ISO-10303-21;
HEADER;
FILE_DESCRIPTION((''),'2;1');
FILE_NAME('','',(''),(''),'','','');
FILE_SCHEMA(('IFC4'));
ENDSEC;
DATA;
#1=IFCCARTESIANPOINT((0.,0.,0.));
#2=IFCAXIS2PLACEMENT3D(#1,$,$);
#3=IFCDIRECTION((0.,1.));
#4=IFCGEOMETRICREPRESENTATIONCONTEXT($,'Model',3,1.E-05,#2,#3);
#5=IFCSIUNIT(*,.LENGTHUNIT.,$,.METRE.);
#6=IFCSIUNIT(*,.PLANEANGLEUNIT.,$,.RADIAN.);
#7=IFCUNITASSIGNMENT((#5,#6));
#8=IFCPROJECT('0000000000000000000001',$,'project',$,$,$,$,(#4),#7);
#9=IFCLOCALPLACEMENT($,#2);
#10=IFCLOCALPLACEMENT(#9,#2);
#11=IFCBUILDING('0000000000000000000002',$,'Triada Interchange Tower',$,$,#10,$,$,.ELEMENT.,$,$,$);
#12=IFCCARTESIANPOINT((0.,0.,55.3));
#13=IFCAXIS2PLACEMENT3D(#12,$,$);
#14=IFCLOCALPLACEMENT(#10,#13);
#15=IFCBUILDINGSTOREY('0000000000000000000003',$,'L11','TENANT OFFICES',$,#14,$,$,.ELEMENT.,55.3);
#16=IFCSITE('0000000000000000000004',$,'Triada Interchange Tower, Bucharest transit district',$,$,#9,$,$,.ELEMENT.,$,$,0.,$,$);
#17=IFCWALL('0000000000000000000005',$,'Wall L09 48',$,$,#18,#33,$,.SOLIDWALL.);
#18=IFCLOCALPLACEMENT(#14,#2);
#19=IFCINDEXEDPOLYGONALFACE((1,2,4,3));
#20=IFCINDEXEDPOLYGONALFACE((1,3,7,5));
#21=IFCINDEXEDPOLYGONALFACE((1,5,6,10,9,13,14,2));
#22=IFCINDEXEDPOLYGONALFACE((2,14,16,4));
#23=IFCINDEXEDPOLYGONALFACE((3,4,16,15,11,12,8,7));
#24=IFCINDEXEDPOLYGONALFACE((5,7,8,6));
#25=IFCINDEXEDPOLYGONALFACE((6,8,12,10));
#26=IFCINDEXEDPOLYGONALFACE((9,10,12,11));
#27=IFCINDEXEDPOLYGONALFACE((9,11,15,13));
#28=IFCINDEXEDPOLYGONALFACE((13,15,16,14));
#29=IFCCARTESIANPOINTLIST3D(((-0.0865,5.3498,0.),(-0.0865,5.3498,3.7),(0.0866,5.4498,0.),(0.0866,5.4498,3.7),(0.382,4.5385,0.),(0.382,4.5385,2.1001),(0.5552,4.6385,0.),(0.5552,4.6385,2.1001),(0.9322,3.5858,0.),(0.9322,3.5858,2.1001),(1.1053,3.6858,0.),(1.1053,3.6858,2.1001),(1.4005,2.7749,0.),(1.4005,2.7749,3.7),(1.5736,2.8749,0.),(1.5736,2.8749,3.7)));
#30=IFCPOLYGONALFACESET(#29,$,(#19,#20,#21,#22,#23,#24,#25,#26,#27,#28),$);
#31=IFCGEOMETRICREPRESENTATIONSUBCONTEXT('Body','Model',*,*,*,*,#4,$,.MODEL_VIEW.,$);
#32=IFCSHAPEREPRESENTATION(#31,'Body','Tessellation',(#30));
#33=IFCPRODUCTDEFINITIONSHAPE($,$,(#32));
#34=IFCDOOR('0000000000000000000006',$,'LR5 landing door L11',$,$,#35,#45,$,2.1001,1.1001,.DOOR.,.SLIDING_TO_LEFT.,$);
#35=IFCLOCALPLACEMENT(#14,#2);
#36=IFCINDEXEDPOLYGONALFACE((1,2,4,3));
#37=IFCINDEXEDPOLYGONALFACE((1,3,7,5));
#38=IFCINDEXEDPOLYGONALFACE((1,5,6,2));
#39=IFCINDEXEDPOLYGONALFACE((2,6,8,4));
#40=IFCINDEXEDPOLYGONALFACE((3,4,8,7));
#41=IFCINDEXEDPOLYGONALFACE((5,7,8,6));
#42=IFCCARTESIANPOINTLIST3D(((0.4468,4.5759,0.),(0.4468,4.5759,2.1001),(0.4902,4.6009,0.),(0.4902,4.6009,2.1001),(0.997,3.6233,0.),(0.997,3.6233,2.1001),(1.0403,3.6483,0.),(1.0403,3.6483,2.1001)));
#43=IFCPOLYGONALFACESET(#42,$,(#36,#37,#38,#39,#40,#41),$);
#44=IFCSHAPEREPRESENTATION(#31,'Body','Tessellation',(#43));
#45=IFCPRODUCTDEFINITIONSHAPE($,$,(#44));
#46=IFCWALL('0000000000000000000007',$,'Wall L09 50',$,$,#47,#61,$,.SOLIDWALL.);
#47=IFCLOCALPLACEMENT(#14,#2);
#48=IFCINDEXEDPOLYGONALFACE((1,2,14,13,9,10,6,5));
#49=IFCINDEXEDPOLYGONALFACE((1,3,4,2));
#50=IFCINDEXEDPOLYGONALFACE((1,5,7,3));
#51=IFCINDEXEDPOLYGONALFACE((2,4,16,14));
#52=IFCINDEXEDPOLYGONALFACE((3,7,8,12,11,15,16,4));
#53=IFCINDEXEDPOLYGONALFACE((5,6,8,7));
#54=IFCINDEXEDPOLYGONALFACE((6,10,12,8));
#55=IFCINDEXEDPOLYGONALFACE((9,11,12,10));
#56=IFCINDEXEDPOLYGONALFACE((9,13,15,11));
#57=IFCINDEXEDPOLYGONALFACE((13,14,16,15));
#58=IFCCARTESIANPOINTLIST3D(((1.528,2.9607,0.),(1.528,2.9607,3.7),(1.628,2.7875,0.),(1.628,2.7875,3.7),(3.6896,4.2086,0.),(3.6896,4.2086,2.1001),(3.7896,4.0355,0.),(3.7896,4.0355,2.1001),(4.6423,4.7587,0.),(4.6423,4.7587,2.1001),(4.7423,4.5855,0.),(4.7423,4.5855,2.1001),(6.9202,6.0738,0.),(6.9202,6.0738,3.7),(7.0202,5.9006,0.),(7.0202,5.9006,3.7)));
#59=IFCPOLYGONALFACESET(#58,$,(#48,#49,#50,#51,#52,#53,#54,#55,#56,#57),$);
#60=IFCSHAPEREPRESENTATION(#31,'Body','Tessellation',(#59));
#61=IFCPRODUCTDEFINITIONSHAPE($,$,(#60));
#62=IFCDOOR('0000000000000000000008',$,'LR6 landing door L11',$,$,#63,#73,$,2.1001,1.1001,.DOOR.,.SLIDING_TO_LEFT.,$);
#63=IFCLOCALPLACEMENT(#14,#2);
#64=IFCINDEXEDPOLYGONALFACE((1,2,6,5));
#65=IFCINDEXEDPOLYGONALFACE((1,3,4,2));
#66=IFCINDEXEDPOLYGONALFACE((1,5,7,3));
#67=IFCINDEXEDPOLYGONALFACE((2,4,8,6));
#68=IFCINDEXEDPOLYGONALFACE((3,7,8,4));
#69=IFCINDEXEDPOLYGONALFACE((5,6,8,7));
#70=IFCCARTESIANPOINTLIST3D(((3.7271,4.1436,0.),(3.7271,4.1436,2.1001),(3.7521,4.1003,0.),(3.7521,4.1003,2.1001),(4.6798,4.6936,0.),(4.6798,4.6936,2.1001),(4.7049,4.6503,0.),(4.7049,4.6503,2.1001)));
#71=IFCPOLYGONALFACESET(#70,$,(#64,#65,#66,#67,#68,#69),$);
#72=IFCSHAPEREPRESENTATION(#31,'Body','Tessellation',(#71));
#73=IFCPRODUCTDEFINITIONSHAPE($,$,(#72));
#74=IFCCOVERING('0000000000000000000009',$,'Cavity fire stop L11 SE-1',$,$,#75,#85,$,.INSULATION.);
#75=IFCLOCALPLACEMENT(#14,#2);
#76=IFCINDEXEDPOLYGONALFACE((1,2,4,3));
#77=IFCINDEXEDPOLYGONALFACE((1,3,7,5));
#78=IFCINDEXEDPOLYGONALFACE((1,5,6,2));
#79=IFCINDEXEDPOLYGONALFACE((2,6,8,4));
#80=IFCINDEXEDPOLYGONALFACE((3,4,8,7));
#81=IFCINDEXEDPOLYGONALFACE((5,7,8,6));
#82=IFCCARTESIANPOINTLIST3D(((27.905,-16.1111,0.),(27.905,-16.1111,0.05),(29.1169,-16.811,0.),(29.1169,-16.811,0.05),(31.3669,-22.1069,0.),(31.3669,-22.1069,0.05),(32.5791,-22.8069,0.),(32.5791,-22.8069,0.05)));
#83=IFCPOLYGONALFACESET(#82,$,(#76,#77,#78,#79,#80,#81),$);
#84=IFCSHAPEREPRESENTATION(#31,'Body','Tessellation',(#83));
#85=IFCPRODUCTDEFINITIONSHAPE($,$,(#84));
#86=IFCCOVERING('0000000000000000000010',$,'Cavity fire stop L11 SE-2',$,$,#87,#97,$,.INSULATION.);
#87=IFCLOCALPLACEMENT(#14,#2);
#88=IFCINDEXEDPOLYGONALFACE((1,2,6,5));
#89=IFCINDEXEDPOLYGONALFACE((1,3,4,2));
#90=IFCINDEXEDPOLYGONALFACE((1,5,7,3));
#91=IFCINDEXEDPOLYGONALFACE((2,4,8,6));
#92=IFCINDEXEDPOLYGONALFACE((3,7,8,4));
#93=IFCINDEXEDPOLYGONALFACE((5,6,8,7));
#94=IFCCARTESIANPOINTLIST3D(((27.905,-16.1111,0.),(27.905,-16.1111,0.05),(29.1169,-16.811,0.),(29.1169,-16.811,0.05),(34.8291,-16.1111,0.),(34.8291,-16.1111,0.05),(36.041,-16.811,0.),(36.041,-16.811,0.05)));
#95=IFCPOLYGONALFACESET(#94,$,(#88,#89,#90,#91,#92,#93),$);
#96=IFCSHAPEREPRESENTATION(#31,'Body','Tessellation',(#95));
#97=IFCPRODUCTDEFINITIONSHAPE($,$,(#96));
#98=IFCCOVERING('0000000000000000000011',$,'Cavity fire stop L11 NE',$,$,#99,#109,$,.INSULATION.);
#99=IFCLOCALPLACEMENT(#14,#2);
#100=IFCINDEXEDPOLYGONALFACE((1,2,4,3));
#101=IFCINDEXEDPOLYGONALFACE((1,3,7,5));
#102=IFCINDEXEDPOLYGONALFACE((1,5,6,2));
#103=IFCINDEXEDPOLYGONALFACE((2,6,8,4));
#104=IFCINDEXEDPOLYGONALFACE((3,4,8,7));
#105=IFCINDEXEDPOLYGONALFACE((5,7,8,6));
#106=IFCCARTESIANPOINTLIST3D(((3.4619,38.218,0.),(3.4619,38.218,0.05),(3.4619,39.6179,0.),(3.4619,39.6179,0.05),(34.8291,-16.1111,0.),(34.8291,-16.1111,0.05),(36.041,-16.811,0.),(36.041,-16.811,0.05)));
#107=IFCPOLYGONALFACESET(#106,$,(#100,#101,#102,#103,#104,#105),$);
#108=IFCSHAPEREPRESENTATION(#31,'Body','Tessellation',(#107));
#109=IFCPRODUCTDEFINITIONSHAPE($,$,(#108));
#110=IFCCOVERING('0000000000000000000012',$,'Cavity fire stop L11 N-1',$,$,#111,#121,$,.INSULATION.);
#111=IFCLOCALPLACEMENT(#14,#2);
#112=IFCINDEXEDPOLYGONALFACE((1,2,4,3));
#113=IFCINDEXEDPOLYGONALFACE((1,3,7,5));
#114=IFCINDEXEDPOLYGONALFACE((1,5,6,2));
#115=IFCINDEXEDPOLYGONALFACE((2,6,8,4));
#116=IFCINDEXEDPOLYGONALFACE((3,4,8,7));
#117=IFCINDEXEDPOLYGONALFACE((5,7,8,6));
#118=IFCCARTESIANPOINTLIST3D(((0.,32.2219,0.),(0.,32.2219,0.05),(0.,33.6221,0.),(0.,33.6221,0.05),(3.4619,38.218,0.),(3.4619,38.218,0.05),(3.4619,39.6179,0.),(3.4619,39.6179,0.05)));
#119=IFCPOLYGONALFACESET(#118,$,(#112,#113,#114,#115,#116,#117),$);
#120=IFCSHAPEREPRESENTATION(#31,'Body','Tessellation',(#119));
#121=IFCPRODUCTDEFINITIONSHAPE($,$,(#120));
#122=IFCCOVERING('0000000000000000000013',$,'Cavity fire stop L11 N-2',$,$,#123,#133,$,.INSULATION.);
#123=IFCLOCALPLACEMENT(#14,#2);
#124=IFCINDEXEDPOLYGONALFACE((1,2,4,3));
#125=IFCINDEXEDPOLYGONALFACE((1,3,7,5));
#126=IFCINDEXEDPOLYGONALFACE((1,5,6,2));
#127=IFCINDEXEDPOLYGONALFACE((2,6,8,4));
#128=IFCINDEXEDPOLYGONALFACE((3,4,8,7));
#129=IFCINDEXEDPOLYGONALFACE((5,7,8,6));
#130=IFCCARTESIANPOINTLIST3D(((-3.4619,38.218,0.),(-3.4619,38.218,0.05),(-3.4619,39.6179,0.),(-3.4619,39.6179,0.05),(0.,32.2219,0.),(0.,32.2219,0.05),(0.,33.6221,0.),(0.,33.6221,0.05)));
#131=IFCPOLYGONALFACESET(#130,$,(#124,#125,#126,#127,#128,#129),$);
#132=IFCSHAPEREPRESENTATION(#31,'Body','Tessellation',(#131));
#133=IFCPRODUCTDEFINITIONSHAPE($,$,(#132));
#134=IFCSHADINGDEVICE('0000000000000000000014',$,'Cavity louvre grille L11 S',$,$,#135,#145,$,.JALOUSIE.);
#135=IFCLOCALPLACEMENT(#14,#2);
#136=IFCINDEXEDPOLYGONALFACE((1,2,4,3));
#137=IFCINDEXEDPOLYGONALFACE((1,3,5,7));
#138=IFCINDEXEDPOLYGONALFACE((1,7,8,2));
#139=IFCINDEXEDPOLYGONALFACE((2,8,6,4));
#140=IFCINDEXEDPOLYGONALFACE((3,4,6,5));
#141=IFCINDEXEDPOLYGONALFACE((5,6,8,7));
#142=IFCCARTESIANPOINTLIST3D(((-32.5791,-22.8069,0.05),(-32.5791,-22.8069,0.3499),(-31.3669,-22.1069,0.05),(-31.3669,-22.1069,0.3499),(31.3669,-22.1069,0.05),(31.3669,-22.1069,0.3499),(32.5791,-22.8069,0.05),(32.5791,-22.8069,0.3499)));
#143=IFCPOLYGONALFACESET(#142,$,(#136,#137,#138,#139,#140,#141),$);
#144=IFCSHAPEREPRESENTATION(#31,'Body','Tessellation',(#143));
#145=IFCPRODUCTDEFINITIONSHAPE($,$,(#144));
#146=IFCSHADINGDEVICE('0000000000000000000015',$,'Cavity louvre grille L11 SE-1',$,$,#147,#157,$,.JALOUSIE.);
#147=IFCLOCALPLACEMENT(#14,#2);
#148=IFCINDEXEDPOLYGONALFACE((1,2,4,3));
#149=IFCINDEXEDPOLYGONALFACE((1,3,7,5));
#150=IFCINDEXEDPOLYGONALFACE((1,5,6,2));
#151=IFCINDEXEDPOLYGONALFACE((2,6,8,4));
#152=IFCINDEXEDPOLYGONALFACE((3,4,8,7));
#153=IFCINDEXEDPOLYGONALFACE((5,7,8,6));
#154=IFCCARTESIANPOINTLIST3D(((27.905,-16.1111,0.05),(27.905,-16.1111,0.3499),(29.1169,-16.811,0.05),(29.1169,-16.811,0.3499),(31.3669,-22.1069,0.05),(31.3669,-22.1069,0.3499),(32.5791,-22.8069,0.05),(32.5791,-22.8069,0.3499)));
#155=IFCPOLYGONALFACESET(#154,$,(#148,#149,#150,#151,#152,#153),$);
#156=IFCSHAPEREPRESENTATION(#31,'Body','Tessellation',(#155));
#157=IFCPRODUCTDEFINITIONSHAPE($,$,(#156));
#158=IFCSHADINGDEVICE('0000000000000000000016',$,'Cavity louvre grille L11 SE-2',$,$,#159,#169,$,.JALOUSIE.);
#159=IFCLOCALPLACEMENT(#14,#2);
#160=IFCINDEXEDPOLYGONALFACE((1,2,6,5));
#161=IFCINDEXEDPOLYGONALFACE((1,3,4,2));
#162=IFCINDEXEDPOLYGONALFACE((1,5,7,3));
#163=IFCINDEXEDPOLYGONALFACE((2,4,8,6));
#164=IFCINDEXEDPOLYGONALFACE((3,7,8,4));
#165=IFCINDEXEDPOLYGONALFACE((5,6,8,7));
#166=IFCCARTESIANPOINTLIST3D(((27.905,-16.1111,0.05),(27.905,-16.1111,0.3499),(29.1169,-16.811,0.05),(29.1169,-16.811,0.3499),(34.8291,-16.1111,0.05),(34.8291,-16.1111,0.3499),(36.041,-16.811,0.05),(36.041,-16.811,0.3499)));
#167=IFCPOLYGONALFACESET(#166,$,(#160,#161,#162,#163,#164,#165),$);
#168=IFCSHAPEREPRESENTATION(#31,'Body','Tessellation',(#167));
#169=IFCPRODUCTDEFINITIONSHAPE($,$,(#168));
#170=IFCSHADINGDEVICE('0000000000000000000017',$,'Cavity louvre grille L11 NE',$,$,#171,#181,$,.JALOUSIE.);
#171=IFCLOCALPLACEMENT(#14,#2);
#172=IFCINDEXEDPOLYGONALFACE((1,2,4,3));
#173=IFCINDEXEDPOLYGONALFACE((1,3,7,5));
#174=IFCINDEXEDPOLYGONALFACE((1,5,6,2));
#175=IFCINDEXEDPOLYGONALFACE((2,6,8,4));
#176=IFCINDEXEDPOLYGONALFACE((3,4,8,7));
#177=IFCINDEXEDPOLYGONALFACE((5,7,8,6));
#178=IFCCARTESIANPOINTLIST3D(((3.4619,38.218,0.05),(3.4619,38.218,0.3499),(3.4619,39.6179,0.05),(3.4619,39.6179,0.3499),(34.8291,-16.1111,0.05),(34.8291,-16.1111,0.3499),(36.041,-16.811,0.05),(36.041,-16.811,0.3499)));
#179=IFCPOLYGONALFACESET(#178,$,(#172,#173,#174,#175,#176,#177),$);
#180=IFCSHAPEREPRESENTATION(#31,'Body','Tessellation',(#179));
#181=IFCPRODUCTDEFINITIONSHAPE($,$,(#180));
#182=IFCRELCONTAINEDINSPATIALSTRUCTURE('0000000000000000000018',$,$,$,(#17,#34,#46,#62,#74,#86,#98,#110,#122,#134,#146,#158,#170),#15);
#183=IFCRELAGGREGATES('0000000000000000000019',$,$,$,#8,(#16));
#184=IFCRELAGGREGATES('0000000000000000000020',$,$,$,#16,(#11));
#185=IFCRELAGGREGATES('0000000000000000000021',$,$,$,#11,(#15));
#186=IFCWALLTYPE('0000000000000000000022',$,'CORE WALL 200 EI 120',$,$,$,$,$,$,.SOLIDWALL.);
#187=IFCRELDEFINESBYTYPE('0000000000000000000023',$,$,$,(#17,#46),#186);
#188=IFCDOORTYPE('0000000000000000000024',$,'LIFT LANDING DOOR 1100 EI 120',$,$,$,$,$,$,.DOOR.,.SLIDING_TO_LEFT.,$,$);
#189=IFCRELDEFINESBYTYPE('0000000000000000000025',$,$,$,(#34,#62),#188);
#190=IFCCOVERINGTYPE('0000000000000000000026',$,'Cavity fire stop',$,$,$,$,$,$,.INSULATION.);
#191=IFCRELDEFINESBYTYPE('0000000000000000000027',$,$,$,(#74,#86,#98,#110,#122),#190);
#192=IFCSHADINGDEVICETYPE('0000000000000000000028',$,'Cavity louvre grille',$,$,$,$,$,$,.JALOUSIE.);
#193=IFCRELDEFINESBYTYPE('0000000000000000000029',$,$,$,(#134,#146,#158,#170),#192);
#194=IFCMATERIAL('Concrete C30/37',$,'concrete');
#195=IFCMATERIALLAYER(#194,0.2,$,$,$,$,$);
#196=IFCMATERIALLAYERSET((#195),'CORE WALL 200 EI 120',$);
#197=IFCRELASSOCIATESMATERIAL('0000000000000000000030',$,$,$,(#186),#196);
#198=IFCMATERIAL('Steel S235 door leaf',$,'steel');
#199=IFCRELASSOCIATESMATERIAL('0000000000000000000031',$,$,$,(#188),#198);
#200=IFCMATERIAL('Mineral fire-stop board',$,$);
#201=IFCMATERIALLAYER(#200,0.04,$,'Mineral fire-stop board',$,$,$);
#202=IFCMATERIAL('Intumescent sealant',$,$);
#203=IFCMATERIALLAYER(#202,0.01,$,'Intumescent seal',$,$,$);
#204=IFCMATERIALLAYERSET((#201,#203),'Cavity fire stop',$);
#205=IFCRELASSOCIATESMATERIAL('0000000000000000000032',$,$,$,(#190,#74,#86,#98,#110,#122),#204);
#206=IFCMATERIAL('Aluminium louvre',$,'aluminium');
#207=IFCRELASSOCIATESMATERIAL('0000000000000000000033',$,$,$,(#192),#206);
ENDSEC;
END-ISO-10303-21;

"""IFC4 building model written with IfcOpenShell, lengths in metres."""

from ifc_helpers import new_model, si_unit, direction, frame, frame_2d, origin, place, context, subcontext, project, spatial, polyline, rectangle, outline, extrude, material, layer, layer_set, layer_usage, type_object, element, fill, save


model = new_model("IFC4")

# Units and contexts
model_context = context("Model", 3, precision=1e-05, world=origin(), true_north=direction((0.0, 1.0)))
body_context = subcontext(model_context, "Body", "Model", "MODEL_VIEW")
ifc_project = project(units=[si_unit("LENGTHUNIT", "METRE"), si_unit("PLANEANGLEUNIT", "RADIAN")], contexts=[model_context])

# Site, building, storey
site_placement = place(None, origin())
site = spatial("IfcSite", under=ifc_project, at=site_placement, Name="Triada Interchange Tower, Bucharest transit district", CompositionType="ELEMENT", RefElevation=0.0)
building_placement = place(site_placement, origin())
building = spatial("IfcBuilding", under=site, at=building_placement, Name="Triada Interchange Tower", CompositionType="ELEMENT")
storey_placement = place(building_placement, frame((0.0, 0.0, 55.3)))
storey = spatial("IfcBuildingStorey", under=building, at=storey_placement, Name="L11", Description="TENANT OFFICES", CompositionType="ELEMENT", Elevation=55.3)

# Walls, openings, doors
ifc_material_1 = material(Name="Concrete C30/37", Category="concrete")
ifc_layer_1 = layer(ifc_material_1, 0.2)
ifc_layer_set_1 = layer_set([ifc_layer_1], Name="CORE WALL 200 EI 120")
wall_type = type_object("IfcWallType", Name="CORE WALL 200 EI 120", PredefinedType="SOLIDWALL", material=ifc_layer_set_1)
ifc_material_2 = material(Name="Steel S235 door leaf", Category="steel")
door_type = type_object("IfcDoorType", Name="LIFT LANDING DOOR 1100 EI 120", OperationType="SLIDING_TO_LEFT", PredefinedType="DOOR", material=ifc_material_2)
wall_1_placement = place(storey_placement, frame((0.0, 5.3999, 0.0), z_axis=(0.0, 0.0, 1.0), x_axis=(0.500104, -0.865965, 0.0)))
wall_1 = element("IfcWall", 1, at=wall_1_placement, inside=storey, type_object=wall_type, Name="Wall L09 48", PredefinedType="SOLIDWALL", context=body_context, shape_type="SweptSolid", body=[
    extrude(rectangle(XDim=2.9734, YDim=0.2, at=frame_2d((1.4868, 0.0))), origin(), (0.0, 0.0, 1.0), 3.7),
])
opening_1_placement = place(wall_1_placement, frame((0.937, 0.0, 0.0)))
opening_1 = element("IfcOpeningElement", 2, at=opening_1_placement, cuts=wall_1, PredefinedType="OPENING", context=body_context, shape_type="SweptSolid", body=[
    extrude(rectangle(XDim=1.1001, YDim=2.1001, at=frame_2d((0.55, 1.05))), frame((0.0, 0.1099, 0.0), z_axis=(0.0, -1.0, 0.0), x_axis=(1.0, 0.0, 0.0)), (0.0, 0.0, 1.0), 0.22),
])
door_1_placement = place(opening_1_placement, origin())
door_1 = element("IfcDoor", 3, at=door_1_placement, inside=storey, type_object=door_type, Name="LR5 landing door L11", OperationType="SLIDING_TO_LEFT", OverallHeight=2.1001, OverallWidth=1.1001, PredefinedType="DOOR", context=body_context, shape_type="SweptSolid", body=[
    extrude(rectangle(XDim=1.1001, YDim=2.1001, at=frame_2d((0.55, 1.05))), frame((0.0, 0.0249, 0.0), z_axis=(0.0, -1.0, 0.0), x_axis=(1.0, 0.0, 0.0)), (0.0, 0.0, 1.0), 0.05),
])
fill(opening_1, door_1)
wall_2_placement = place(storey_placement, frame((1.5779, 2.874, 0.0), z_axis=(0.0, 0.0, 1.0), x_axis=(0.866031, 0.499989, 0.0)))
wall_2 = element("IfcWall", 4, at=wall_2_placement, inside=storey, type_object=wall_type, Name="Wall L09 50", PredefinedType="SOLIDWALL", context=body_context, shape_type="SweptSolid", body=[
    extrude(rectangle(XDim=6.2263, YDim=0.2, at=frame_2d((3.1133, 0.0))), origin(), (0.0, 0.0, 1.0), 3.7),
])
opening_2_placement = place(wall_2_placement, frame((2.4961, 0.0, 0.0)))
opening_2 = element("IfcOpeningElement", 5, at=opening_2_placement, cuts=wall_2, PredefinedType="OPENING", context=body_context, shape_type="SweptSolid", body=[
    extrude(rectangle(XDim=1.1001, YDim=2.1001, at=frame_2d((0.55, 1.05))), frame((0.0, 0.1099, 0.0), z_axis=(0.0, -1.0, 0.0), x_axis=(1.0, 0.0, 0.0)), (0.0, 0.0, 1.0), 0.22),
])
door_2_placement = place(opening_2_placement, origin())
door_2 = element("IfcDoor", 6, at=door_2_placement, inside=storey, type_object=door_type, Name="LR6 landing door L11", OperationType="SLIDING_TO_LEFT", OverallHeight=2.1001, OverallWidth=1.1001, PredefinedType="DOOR", context=body_context, shape_type="SweptSolid", body=[
    extrude(rectangle(XDim=1.1001, YDim=2.1001, at=frame_2d((0.55, 1.05))), frame((0.0, 0.0249, 0.0), z_axis=(0.0, -1.0, 0.0), x_axis=(1.0, 0.0, 0.0)), (0.0, 0.0, 1.0), 0.05),
])
fill(opening_2, door_2)

# Coverings
ifc_material_3 = material(Name="Mineral fire-stop board")
ifc_layer_2 = layer(ifc_material_3, 0.04, Name="Mineral fire-stop board")
ifc_material_4 = material(Name="Intumescent sealant")
ifc_layer_3 = layer(ifc_material_4, 0.01, Name="Intumescent seal")
ifc_layer_set_2 = layer_set([ifc_layer_2, ifc_layer_3], Name="Cavity fire stop")
ifc_layer_usage = layer_usage(ifc_layer_set_2, "AXIS3", "POSITIVE", 0.0)
covering_type = type_object("IfcCoveringType", Name="Cavity fire stop", PredefinedType="INSULATION", material=ifc_layer_set_2)
covering_1_placement = place(storey_placement, origin())
element("IfcCovering", 7, at=covering_1_placement, inside=storey, type_object=covering_type, material=ifc_layer_usage, Name="Cavity fire stop L11 SE-1", PredefinedType="INSULATION", context=body_context, shape_type="SweptSolid", body=[
    extrude(outline(polyline([(31.3669, -22.1069), (32.5791, -22.8069), (29.1169, -16.811), (27.905, -16.1111), (31.3669, -22.1069)])), origin(), (0.0, 0.0, 1.0), 0.05),
])
covering_2_placement = place(storey_placement, origin())
element("IfcCovering", 8, at=covering_2_placement, inside=storey, type_object=covering_type, material=ifc_layer_usage, Name="Cavity fire stop L11 SE-2", PredefinedType="INSULATION", context=body_context, shape_type="SweptSolid", body=[
    extrude(outline(polyline([(27.905, -16.1111), (29.1169, -16.811), (36.041, -16.811), (34.8291, -16.1111), (27.905, -16.1111)])), origin(), (0.0, 0.0, 1.0), 0.05),
])
covering_3_placement = place(storey_placement, origin())
element("IfcCovering", 9, at=covering_3_placement, inside=storey, type_object=covering_type, material=ifc_layer_usage, Name="Cavity fire stop L11 NE", PredefinedType="INSULATION", context=body_context, shape_type="SweptSolid", body=[
    extrude(outline(polyline([(34.8291, -16.1111), (36.041, -16.811), (3.4619, 39.6179), (3.4619, 38.218), (34.8291, -16.1111)])), origin(), (0.0, 0.0, 1.0), 0.05),
])
covering_4_placement = place(storey_placement, origin())
element("IfcCovering", 10, at=covering_4_placement, inside=storey, type_object=covering_type, material=ifc_layer_usage, Name="Cavity fire stop L11 N-1", PredefinedType="INSULATION", context=body_context, shape_type="SweptSolid", body=[
    extrude(outline(polyline([(3.4619, 38.218), (3.4619, 39.6179), (0.0, 33.6221), (0.0, 32.2219), (3.4619, 38.218)])), origin(), (0.0, 0.0, 1.0), 0.05),
])
covering_5_placement = place(storey_placement, origin())
element("IfcCovering", 11, at=covering_5_placement, inside=storey, type_object=covering_type, material=ifc_layer_usage, Name="Cavity fire stop L11 N-2", PredefinedType="INSULATION", context=body_context, shape_type="SweptSolid", body=[
    extrude(outline(polyline([(0.0, 32.2219), (0.0, 33.6221), (-3.4619, 39.6179), (-3.4619, 38.218), (0.0, 32.2219)])), origin(), (0.0, 0.0, 1.0), 0.05),
])

# Shading devices
ifc_material_5 = material(Name="Aluminium louvre", Category="aluminium")
shading_device_type = type_object("IfcShadingDeviceType", Name="Cavity louvre grille", PredefinedType="JALOUSIE", material=ifc_material_5)
shading_device_1_placement = place(storey_placement, frame((0.0, 0.0, 0.05)))
element("IfcShadingDevice", 12, at=shading_device_1_placement, inside=storey, type_object=shading_device_type, Name="Cavity louvre grille L11 S", PredefinedType="JALOUSIE", context=body_context, shape_type="SweptSolid", body=[
    extrude(outline(polyline([(-31.3669, -22.1069), (-32.5791, -22.8069), (32.5791, -22.8069), (31.3669, -22.1069), (-31.3669, -22.1069)])), origin(), (0.0, 0.0, 1.0), 0.2998),
])
shading_device_2_placement = place(storey_placement, frame((0.0, 0.0, 0.05)))
element("IfcShadingDevice", 13, at=shading_device_2_placement, inside=storey, type_object=shading_device_type, Name="Cavity louvre grille L11 SE-1", PredefinedType="JALOUSIE", context=body_context, shape_type="SweptSolid", body=[
    extrude(outline(polyline([(31.3669, -22.1069), (32.5791, -22.8069), (29.1169, -16.811), (27.905, -16.1111), (31.3669, -22.1069)])), origin(), (0.0, 0.0, 1.0), 0.2998),
])
shading_device_3_placement = place(storey_placement, frame((0.0, 0.0, 0.05)))
element("IfcShadingDevice", 14, at=shading_device_3_placement, inside=storey, type_object=shading_device_type, Name="Cavity louvre grille L11 SE-2", PredefinedType="JALOUSIE", context=body_context, shape_type="SweptSolid", body=[
    extrude(outline(polyline([(27.905, -16.1111), (29.1169, -16.811), (36.041, -16.811), (34.8291, -16.1111), (27.905, -16.1111)])), origin(), (0.0, 0.0, 1.0), 0.2998),
])
shading_device_4_placement = place(storey_placement, frame((0.0, 0.0, 0.05)))
element("IfcShadingDevice", 15, at=shading_device_4_placement, inside=storey, type_object=shading_device_type, Name="Cavity louvre grille L11 NE", PredefinedType="JALOUSIE", context=body_context, shape_type="SweptSolid", body=[
    extrude(outline(polyline([(34.8291, -16.1111), (36.041, -16.811), (3.4619, 39.6179), (3.4619, 38.218), (34.8291, -16.1111)])), origin(), (0.0, 0.0, 1.0), 0.2998),
])

save(model, "model.ifc")
